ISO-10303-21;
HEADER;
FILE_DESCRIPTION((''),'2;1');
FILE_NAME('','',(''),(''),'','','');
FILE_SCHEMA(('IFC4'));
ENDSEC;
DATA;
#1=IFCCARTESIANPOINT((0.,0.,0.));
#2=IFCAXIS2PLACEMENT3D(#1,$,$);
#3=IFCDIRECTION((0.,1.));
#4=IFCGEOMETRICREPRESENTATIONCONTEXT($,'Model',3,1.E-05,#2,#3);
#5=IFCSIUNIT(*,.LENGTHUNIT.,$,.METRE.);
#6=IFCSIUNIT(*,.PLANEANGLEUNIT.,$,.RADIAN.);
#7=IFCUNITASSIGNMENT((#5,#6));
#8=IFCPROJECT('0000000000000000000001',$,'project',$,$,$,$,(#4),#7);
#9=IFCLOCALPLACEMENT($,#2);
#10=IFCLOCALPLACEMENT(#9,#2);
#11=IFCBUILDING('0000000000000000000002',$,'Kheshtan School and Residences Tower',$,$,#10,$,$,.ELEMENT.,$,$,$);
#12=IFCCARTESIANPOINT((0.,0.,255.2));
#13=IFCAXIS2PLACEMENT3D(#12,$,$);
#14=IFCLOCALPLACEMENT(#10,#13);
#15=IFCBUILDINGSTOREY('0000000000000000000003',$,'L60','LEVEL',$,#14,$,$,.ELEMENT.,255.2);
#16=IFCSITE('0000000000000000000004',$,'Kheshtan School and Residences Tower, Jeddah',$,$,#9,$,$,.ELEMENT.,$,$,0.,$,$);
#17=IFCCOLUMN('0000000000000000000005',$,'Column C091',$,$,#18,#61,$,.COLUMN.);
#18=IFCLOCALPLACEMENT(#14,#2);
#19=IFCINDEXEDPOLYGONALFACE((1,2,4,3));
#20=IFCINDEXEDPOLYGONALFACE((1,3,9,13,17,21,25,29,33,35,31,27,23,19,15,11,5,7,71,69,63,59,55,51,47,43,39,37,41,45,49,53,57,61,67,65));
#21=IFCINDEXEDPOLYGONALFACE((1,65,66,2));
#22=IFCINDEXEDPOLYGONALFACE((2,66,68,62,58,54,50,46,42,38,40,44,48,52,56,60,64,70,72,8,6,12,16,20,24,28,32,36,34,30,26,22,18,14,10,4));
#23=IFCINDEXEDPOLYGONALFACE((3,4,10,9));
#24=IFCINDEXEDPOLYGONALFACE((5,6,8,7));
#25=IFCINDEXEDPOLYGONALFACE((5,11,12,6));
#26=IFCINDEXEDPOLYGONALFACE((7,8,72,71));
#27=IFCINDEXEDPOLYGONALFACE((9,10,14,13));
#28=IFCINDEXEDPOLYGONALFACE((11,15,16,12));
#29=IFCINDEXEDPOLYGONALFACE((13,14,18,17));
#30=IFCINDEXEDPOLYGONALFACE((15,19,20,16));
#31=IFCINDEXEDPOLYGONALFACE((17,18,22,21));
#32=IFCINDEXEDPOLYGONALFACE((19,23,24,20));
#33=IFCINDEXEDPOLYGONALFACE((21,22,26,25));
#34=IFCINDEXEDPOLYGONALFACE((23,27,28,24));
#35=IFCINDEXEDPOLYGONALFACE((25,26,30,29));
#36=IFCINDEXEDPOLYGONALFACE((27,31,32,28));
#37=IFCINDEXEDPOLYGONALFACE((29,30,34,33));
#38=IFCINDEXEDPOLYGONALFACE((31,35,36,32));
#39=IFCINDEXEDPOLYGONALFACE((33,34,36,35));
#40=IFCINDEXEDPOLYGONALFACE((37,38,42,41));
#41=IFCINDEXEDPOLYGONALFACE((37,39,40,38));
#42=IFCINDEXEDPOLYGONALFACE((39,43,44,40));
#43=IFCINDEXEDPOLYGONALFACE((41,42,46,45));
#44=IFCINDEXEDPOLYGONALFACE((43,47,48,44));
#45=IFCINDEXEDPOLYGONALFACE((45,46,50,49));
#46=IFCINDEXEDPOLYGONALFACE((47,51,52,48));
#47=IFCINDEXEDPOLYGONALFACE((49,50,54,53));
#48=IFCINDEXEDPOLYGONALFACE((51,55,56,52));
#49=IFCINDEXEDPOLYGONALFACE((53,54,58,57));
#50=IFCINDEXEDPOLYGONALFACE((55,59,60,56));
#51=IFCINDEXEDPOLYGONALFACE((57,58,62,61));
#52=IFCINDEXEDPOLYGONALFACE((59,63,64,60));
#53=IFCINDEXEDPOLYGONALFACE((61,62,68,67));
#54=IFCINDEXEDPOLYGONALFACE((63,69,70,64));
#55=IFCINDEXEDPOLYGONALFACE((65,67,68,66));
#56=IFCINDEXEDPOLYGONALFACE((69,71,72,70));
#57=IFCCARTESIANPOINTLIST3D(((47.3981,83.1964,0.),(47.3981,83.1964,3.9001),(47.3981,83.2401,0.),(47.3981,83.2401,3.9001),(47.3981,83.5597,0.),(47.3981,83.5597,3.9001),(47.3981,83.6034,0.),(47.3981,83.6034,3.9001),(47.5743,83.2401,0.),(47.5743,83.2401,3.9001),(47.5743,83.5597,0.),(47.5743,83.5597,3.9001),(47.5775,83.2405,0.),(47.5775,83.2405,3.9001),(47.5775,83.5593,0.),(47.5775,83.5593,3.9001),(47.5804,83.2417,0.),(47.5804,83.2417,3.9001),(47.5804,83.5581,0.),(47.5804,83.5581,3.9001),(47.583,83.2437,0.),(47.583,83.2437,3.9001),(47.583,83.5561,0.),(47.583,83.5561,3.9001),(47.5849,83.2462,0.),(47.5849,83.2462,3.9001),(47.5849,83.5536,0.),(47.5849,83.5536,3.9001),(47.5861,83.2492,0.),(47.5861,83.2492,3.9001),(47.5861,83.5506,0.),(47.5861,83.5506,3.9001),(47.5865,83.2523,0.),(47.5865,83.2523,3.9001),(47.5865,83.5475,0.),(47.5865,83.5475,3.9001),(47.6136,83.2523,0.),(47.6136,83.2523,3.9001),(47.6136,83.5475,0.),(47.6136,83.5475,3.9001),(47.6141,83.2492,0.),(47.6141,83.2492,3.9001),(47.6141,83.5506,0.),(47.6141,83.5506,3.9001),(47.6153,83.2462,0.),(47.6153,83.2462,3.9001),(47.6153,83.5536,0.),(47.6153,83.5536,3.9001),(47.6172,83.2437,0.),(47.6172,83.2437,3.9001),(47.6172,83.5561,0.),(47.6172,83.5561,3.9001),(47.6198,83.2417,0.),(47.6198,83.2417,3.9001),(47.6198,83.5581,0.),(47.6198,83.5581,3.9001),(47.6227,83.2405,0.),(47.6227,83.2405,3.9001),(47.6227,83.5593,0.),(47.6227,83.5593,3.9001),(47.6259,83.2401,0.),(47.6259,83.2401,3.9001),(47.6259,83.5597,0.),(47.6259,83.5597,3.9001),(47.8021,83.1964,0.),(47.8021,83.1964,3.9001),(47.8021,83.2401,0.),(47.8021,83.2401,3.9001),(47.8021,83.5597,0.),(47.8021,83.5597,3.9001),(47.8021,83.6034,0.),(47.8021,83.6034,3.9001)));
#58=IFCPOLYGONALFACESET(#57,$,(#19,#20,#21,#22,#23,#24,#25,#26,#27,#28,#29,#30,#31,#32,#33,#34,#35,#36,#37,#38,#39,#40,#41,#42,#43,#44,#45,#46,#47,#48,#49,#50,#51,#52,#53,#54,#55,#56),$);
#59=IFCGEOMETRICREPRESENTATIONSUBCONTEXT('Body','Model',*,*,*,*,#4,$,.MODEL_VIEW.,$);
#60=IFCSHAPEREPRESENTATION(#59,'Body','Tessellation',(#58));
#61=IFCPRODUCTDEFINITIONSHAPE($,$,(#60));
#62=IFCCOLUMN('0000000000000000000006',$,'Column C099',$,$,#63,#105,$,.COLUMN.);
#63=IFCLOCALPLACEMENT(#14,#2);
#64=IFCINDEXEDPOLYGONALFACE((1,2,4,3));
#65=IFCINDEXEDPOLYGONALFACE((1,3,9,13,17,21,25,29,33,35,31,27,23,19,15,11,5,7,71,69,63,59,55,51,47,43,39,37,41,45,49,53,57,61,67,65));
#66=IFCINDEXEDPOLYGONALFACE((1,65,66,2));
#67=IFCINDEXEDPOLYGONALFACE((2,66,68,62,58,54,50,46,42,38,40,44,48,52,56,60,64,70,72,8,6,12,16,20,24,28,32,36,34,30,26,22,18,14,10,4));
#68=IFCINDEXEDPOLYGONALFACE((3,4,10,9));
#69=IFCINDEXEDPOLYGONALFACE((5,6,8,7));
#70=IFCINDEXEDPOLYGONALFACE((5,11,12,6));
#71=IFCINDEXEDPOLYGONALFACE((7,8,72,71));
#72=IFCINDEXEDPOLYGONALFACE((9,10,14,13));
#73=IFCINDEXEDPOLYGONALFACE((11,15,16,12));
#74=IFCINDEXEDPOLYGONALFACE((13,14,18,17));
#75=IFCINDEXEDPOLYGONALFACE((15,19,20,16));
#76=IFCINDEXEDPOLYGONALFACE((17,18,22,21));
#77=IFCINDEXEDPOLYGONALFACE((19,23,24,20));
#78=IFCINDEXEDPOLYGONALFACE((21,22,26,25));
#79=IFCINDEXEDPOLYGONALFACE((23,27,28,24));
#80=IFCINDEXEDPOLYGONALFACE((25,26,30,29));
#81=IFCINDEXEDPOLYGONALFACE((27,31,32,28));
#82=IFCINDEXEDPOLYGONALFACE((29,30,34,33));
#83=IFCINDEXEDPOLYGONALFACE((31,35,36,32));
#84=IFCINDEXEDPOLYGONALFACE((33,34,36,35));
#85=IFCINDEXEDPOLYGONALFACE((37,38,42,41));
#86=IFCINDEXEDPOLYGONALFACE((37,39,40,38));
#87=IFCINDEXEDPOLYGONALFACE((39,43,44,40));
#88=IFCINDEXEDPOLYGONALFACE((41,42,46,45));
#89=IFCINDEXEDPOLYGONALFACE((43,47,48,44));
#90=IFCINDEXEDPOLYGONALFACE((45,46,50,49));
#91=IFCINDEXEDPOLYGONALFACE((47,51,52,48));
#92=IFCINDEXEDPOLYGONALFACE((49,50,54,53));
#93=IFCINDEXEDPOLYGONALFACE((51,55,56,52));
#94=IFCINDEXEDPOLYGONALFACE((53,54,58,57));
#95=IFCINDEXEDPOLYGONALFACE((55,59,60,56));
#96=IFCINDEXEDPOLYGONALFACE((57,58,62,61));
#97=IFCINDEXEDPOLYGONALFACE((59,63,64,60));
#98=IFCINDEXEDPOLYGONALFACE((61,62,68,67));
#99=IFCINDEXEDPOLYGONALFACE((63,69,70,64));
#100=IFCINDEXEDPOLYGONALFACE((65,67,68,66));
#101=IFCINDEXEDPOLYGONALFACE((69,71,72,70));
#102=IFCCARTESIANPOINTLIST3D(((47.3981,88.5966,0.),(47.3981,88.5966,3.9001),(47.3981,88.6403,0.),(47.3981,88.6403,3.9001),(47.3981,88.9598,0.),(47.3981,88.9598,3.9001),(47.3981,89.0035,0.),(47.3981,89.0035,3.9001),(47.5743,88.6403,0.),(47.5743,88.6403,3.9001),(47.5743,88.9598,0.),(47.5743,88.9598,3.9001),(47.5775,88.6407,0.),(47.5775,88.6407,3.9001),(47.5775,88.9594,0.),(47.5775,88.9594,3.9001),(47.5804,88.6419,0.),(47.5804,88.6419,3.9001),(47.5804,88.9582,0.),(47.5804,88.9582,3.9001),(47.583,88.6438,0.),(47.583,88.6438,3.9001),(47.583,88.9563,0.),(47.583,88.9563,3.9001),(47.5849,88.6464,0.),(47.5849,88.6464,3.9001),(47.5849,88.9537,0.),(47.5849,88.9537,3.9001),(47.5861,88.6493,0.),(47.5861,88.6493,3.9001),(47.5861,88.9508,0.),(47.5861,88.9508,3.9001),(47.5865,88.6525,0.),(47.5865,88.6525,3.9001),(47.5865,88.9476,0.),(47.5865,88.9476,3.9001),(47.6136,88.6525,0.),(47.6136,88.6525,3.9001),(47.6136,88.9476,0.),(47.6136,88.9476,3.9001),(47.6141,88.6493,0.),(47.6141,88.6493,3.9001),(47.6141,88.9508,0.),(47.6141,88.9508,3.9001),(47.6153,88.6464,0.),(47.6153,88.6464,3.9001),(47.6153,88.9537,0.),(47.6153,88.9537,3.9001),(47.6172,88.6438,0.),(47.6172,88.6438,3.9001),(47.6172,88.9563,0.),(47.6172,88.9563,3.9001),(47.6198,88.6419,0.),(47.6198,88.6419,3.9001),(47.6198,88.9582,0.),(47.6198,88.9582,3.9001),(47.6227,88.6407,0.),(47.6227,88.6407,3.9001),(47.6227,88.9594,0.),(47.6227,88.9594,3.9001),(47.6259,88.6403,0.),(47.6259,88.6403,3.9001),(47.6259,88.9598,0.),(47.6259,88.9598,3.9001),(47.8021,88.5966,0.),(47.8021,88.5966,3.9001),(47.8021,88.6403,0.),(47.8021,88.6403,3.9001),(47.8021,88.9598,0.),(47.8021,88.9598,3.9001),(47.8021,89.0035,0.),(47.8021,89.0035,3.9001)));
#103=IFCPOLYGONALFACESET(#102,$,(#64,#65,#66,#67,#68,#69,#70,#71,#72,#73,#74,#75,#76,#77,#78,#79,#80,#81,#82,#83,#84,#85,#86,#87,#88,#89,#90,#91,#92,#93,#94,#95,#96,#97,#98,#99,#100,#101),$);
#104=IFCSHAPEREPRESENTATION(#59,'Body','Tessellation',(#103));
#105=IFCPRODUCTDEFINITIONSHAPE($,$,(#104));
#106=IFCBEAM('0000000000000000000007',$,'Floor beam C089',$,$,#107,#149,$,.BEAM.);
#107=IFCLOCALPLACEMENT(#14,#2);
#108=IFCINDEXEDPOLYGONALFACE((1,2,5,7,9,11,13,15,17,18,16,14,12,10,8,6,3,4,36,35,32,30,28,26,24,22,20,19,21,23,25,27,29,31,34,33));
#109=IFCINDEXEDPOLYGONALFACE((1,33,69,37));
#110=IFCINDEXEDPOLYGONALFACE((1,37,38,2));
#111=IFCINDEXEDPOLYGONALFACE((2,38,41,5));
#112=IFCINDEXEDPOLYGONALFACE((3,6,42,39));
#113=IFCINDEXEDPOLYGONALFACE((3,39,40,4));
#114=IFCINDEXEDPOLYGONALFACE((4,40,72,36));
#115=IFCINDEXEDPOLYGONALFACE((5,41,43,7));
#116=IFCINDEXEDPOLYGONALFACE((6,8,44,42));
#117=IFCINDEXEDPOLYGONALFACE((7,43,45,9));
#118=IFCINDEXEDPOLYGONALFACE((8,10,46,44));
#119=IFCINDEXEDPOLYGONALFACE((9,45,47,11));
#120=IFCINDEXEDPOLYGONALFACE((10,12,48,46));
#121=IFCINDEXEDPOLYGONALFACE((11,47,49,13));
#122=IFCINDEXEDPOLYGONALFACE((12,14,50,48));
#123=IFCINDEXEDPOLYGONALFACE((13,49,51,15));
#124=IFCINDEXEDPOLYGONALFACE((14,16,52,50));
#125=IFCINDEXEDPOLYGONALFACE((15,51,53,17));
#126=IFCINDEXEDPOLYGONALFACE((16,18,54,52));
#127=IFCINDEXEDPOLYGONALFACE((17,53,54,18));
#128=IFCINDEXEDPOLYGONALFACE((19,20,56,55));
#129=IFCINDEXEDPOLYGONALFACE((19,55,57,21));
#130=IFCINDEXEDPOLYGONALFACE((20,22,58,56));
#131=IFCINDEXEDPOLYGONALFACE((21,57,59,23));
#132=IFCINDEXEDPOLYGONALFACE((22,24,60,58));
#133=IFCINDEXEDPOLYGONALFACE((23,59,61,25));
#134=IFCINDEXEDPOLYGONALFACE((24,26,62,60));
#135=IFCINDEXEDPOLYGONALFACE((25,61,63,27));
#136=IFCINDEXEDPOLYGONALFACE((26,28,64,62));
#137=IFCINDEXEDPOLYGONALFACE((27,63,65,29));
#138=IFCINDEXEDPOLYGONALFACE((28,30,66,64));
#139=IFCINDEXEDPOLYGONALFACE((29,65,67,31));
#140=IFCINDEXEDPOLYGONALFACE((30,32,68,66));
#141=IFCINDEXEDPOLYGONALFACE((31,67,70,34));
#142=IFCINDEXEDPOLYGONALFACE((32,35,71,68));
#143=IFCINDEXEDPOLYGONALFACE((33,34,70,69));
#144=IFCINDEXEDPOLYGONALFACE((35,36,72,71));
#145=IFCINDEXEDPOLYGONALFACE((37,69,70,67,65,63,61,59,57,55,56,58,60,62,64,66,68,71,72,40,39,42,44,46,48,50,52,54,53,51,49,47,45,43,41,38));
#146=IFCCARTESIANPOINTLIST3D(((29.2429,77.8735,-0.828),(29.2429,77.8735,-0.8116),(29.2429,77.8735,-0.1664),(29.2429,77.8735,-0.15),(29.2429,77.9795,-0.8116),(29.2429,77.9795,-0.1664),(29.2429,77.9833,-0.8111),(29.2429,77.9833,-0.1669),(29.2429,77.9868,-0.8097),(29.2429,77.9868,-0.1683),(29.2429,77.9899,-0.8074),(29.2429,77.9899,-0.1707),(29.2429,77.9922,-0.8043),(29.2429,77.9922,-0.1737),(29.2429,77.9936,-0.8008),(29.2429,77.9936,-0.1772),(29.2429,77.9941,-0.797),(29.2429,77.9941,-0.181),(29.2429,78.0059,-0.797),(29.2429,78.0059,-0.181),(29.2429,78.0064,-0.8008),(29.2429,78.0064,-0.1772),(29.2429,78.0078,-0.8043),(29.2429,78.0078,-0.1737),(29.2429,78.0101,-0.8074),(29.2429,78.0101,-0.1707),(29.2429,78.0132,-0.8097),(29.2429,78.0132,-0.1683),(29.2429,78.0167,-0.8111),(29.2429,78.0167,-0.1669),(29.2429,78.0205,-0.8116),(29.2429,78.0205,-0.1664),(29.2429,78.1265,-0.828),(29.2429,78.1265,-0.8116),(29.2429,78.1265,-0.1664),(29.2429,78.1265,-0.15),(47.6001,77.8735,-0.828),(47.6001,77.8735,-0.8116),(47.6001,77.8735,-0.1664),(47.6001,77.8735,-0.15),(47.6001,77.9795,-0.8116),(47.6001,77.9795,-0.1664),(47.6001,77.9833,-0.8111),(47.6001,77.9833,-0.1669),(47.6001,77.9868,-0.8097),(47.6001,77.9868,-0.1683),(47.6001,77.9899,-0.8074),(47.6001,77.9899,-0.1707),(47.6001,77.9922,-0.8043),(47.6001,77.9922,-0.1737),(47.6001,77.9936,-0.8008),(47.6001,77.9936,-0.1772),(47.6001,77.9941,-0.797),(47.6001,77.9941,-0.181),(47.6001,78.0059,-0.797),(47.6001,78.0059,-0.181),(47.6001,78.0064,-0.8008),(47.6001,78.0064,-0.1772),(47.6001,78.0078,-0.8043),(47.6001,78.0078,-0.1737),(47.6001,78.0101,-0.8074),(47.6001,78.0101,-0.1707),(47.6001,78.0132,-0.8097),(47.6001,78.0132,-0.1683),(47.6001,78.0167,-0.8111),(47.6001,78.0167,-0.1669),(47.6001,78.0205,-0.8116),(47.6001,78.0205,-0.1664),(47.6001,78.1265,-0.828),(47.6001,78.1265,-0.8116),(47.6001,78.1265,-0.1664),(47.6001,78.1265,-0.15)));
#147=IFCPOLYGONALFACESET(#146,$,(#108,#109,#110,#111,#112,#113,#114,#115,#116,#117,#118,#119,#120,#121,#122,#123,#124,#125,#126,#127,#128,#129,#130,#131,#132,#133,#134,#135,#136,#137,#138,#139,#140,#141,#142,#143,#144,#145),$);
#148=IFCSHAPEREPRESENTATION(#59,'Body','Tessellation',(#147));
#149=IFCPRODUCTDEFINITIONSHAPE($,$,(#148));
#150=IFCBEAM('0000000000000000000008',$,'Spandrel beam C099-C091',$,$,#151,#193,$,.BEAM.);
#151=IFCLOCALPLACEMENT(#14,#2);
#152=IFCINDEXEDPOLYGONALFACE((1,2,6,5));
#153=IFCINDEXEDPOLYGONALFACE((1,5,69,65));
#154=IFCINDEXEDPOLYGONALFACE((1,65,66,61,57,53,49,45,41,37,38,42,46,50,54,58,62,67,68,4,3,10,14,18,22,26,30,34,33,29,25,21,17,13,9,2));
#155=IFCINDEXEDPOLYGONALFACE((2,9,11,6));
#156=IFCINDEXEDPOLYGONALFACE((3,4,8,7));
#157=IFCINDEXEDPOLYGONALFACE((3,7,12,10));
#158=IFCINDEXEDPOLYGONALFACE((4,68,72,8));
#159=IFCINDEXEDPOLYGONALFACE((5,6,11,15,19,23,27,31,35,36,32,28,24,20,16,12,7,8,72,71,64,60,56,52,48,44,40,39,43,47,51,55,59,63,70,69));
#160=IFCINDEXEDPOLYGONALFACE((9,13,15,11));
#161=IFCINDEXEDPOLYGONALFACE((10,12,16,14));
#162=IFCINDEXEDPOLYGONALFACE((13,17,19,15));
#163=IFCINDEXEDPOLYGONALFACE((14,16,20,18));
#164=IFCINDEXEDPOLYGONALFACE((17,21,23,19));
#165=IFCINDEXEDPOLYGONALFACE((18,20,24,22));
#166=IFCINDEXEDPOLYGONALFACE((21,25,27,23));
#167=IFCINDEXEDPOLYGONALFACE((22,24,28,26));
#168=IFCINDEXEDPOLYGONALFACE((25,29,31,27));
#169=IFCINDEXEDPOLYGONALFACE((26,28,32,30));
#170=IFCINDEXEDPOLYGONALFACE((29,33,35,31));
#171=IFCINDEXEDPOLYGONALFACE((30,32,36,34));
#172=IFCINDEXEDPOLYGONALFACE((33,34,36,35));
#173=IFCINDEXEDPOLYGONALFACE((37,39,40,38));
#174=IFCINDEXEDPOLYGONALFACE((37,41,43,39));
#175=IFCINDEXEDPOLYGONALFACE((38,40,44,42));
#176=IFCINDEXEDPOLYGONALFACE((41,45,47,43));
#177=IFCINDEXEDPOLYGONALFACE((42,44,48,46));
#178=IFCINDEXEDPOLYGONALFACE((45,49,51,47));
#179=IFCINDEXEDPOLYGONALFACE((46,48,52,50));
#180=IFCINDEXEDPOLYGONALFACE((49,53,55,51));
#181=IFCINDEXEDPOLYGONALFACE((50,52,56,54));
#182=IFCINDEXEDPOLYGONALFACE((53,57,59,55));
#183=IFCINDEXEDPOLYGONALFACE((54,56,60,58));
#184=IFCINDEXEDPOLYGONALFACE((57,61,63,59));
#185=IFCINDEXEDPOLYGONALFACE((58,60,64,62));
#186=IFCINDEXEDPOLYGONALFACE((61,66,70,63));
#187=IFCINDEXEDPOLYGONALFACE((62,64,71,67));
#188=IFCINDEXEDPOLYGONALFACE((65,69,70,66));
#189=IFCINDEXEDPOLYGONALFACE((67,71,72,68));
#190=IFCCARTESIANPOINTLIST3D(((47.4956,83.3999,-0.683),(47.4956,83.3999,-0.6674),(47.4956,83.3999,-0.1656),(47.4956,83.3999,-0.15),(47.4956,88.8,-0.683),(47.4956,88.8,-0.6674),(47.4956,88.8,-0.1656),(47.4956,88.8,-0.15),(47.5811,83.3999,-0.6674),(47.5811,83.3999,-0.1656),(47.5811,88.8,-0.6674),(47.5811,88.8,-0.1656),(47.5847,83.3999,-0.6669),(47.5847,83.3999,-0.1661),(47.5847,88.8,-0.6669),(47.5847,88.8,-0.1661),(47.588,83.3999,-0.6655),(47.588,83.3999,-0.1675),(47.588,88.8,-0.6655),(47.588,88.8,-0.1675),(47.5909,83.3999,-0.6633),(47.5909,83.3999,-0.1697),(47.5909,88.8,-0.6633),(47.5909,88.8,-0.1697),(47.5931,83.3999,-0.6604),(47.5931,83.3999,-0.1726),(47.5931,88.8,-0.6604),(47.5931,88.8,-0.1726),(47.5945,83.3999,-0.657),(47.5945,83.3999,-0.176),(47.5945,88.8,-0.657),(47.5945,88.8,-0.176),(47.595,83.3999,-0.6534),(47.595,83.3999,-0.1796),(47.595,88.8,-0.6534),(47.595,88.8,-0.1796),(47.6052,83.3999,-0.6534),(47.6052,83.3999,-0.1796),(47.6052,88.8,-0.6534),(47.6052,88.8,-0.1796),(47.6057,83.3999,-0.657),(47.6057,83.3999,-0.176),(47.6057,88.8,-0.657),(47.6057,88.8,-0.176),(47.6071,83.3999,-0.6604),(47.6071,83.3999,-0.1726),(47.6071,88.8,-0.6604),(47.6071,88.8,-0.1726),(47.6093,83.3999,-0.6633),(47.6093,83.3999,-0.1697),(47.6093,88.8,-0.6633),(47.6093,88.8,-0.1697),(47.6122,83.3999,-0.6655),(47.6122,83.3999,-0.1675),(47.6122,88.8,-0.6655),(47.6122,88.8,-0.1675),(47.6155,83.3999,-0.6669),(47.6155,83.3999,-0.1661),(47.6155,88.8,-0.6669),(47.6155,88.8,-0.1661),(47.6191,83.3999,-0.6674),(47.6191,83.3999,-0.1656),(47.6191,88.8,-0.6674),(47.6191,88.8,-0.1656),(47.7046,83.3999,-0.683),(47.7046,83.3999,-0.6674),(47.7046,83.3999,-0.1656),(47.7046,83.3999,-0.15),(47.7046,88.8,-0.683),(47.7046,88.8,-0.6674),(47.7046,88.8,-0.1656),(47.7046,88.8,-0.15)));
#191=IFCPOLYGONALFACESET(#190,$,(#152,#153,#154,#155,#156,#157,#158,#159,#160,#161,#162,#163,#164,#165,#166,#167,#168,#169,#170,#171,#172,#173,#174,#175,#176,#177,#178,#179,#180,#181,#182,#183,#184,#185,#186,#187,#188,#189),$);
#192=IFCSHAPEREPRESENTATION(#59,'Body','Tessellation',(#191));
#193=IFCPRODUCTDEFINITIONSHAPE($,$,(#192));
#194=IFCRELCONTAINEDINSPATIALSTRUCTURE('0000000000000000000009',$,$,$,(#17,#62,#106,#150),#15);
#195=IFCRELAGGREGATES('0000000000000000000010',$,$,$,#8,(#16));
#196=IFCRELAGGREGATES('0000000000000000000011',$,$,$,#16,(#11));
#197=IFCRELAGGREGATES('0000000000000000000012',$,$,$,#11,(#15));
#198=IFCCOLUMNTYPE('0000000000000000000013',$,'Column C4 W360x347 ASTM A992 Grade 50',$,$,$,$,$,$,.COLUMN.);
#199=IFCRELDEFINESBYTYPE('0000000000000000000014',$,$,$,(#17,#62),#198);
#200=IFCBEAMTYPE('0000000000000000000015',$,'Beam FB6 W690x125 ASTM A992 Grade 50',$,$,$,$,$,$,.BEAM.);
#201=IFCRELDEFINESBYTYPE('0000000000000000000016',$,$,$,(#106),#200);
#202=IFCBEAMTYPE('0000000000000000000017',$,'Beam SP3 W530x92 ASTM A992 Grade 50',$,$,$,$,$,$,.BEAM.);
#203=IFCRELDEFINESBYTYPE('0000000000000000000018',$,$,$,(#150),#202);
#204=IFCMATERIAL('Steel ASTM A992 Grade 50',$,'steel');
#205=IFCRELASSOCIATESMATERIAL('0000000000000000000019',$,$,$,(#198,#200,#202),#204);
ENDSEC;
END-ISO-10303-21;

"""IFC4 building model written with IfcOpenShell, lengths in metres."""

from ifc_helpers import new_model, si_unit, direction, frame, origin, origin_2d, place, context, subcontext, project, spatial, i_section, extrude, material, material_profile, profile_set, type_object, element, save


model = new_model("IFC4")

# Units and contexts
model_context = context("Model", 3, precision=1e-05, world=origin(), true_north=direction((0.0, 1.0)))
body_context = subcontext(model_context, "Body", "Model", "MODEL_VIEW")
ifc_project = project(units=[si_unit("LENGTHUNIT", "METRE"), si_unit("PLANEANGLEUNIT", "RADIAN")], contexts=[model_context])

# Site, building, storey
site_placement = place(None, origin())
site = spatial("IfcSite", under=ifc_project, at=site_placement, Name="Kheshtan School and Residences Tower, Jeddah", CompositionType="ELEMENT", RefElevation=0.0)
building_placement = place(site_placement, origin())
building = spatial("IfcBuilding", under=site, at=building_placement, Name="Kheshtan School and Residences Tower", CompositionType="ELEMENT")
storey_placement = place(building_placement, frame((0.0, 0.0, 255.2)))
storey = spatial("IfcBuildingStorey", under=building, at=storey_placement, Name="L60", Description="LEVEL", CompositionType="ELEMENT", Elevation=255.2)

# Columns
ifc_material_1 = material(Name="Steel ASTM A992 Grade 50", Category="steel")
ifc_material_profile_1 = material_profile(ifc_material_1, i_section(OverallWidth=0.4041, OverallDepth=0.407, WebThickness=0.0271, FlangeThickness=0.0437, FilletRadius=0.0122, at=origin_2d()), Name="W360x347")
ifc_profile_set_1 = profile_set([ifc_material_profile_1], Name="Steel ASTM A992 Grade 50")
column_type = type_object("IfcColumnType", Name="Column C4 W360x347 ASTM A992 Grade 50", PredefinedType="COLUMN", material=ifc_profile_set_1)
for number, where, z_axis, x_axis, name in (
    (1, (47.6001, 83.3999, 0.0), (0.0, 0.0, 1.0), (1.0, 0.0, 0.0), "Column C091"),
    (2, (47.6001, 88.8, 0.0), (0.0, 0.0, 1.0), (1.0, 0.0, 0.0), "Column C099"),
):
    element("IfcColumn", number, at=place(storey_placement, frame(where, z_axis=z_axis, x_axis=x_axis)), inside=storey, type_object=column_type, Name=name, PredefinedType="COLUMN", context=body_context, shape_type="SweptSolid", body=[
        extrude(i_section(OverallWidth=0.4041, OverallDepth=0.407, WebThickness=0.0271, FlangeThickness=0.0437, FilletRadius=0.0122, at=origin_2d()), origin(), (0.0, 0.0, 1.0), 3.9001),
    ])

# Beams
ifc_material_profile_2 = material_profile(ifc_material_1, i_section(OverallWidth=0.2529, OverallDepth=0.678, WebThickness=0.0117, FlangeThickness=0.0164, FilletRadius=0.0146, at=origin_2d()), Name="W690x125")
ifc_profile_set_2 = profile_set([ifc_material_profile_2], Name="Steel ASTM A992 Grade 50")
beam_type_1 = type_object("IfcBeamType", Name="Beam FB6 W690x125 ASTM A992 Grade 50", PredefinedType="BEAM", material=ifc_profile_set_2)
beam_1_placement = place(storey_placement, frame((47.6001, 78.0, -0.489), z_axis=(-1.0, 0.0, 0.0), x_axis=(0.0, -1.0, 0.0)))
element("IfcBeam", 3, at=beam_1_placement, inside=storey, type_object=beam_type_1, Name="Floor beam C089", PredefinedType="BEAM", context=body_context, shape_type="SweptSolid", body=[
    extrude(i_section(OverallWidth=0.2529, OverallDepth=0.678, WebThickness=0.0117, FlangeThickness=0.0164, FilletRadius=0.0146, at=origin_2d()), origin(), (0.0, 0.0, 1.0), 18.3572),
])
ifc_material_profile_3 = material_profile(ifc_material_1, i_section(OverallWidth=0.209, OverallDepth=0.533, WebThickness=0.0103, FlangeThickness=0.0156, FilletRadius=0.0139, at=origin_2d()), Name="W530x92")
ifc_profile_set_3 = profile_set([ifc_material_profile_3], Name="Steel ASTM A992 Grade 50")
beam_type_2 = type_object("IfcBeamType", Name="Beam SP3 W530x92 ASTM A992 Grade 50", PredefinedType="BEAM", material=ifc_profile_set_3)
beam_2_placement = place(storey_placement, frame((47.6001, 88.8, -0.4165), z_axis=(0.0, -1.0, 0.0), x_axis=(1.0, 0.0, 0.0)))
element("IfcBeam", 4, at=beam_2_placement, inside=storey, type_object=beam_type_2, Name="Spandrel beam C099-C091", PredefinedType="BEAM", context=body_context, shape_type="SweptSolid", body=[
    extrude(i_section(OverallWidth=0.209, OverallDepth=0.533, WebThickness=0.0103, FlangeThickness=0.0156, FilletRadius=0.0139, at=origin_2d()), origin(), (0.0, 0.0, 1.0), 5.4001),
])

save(model, "model.ifc")
